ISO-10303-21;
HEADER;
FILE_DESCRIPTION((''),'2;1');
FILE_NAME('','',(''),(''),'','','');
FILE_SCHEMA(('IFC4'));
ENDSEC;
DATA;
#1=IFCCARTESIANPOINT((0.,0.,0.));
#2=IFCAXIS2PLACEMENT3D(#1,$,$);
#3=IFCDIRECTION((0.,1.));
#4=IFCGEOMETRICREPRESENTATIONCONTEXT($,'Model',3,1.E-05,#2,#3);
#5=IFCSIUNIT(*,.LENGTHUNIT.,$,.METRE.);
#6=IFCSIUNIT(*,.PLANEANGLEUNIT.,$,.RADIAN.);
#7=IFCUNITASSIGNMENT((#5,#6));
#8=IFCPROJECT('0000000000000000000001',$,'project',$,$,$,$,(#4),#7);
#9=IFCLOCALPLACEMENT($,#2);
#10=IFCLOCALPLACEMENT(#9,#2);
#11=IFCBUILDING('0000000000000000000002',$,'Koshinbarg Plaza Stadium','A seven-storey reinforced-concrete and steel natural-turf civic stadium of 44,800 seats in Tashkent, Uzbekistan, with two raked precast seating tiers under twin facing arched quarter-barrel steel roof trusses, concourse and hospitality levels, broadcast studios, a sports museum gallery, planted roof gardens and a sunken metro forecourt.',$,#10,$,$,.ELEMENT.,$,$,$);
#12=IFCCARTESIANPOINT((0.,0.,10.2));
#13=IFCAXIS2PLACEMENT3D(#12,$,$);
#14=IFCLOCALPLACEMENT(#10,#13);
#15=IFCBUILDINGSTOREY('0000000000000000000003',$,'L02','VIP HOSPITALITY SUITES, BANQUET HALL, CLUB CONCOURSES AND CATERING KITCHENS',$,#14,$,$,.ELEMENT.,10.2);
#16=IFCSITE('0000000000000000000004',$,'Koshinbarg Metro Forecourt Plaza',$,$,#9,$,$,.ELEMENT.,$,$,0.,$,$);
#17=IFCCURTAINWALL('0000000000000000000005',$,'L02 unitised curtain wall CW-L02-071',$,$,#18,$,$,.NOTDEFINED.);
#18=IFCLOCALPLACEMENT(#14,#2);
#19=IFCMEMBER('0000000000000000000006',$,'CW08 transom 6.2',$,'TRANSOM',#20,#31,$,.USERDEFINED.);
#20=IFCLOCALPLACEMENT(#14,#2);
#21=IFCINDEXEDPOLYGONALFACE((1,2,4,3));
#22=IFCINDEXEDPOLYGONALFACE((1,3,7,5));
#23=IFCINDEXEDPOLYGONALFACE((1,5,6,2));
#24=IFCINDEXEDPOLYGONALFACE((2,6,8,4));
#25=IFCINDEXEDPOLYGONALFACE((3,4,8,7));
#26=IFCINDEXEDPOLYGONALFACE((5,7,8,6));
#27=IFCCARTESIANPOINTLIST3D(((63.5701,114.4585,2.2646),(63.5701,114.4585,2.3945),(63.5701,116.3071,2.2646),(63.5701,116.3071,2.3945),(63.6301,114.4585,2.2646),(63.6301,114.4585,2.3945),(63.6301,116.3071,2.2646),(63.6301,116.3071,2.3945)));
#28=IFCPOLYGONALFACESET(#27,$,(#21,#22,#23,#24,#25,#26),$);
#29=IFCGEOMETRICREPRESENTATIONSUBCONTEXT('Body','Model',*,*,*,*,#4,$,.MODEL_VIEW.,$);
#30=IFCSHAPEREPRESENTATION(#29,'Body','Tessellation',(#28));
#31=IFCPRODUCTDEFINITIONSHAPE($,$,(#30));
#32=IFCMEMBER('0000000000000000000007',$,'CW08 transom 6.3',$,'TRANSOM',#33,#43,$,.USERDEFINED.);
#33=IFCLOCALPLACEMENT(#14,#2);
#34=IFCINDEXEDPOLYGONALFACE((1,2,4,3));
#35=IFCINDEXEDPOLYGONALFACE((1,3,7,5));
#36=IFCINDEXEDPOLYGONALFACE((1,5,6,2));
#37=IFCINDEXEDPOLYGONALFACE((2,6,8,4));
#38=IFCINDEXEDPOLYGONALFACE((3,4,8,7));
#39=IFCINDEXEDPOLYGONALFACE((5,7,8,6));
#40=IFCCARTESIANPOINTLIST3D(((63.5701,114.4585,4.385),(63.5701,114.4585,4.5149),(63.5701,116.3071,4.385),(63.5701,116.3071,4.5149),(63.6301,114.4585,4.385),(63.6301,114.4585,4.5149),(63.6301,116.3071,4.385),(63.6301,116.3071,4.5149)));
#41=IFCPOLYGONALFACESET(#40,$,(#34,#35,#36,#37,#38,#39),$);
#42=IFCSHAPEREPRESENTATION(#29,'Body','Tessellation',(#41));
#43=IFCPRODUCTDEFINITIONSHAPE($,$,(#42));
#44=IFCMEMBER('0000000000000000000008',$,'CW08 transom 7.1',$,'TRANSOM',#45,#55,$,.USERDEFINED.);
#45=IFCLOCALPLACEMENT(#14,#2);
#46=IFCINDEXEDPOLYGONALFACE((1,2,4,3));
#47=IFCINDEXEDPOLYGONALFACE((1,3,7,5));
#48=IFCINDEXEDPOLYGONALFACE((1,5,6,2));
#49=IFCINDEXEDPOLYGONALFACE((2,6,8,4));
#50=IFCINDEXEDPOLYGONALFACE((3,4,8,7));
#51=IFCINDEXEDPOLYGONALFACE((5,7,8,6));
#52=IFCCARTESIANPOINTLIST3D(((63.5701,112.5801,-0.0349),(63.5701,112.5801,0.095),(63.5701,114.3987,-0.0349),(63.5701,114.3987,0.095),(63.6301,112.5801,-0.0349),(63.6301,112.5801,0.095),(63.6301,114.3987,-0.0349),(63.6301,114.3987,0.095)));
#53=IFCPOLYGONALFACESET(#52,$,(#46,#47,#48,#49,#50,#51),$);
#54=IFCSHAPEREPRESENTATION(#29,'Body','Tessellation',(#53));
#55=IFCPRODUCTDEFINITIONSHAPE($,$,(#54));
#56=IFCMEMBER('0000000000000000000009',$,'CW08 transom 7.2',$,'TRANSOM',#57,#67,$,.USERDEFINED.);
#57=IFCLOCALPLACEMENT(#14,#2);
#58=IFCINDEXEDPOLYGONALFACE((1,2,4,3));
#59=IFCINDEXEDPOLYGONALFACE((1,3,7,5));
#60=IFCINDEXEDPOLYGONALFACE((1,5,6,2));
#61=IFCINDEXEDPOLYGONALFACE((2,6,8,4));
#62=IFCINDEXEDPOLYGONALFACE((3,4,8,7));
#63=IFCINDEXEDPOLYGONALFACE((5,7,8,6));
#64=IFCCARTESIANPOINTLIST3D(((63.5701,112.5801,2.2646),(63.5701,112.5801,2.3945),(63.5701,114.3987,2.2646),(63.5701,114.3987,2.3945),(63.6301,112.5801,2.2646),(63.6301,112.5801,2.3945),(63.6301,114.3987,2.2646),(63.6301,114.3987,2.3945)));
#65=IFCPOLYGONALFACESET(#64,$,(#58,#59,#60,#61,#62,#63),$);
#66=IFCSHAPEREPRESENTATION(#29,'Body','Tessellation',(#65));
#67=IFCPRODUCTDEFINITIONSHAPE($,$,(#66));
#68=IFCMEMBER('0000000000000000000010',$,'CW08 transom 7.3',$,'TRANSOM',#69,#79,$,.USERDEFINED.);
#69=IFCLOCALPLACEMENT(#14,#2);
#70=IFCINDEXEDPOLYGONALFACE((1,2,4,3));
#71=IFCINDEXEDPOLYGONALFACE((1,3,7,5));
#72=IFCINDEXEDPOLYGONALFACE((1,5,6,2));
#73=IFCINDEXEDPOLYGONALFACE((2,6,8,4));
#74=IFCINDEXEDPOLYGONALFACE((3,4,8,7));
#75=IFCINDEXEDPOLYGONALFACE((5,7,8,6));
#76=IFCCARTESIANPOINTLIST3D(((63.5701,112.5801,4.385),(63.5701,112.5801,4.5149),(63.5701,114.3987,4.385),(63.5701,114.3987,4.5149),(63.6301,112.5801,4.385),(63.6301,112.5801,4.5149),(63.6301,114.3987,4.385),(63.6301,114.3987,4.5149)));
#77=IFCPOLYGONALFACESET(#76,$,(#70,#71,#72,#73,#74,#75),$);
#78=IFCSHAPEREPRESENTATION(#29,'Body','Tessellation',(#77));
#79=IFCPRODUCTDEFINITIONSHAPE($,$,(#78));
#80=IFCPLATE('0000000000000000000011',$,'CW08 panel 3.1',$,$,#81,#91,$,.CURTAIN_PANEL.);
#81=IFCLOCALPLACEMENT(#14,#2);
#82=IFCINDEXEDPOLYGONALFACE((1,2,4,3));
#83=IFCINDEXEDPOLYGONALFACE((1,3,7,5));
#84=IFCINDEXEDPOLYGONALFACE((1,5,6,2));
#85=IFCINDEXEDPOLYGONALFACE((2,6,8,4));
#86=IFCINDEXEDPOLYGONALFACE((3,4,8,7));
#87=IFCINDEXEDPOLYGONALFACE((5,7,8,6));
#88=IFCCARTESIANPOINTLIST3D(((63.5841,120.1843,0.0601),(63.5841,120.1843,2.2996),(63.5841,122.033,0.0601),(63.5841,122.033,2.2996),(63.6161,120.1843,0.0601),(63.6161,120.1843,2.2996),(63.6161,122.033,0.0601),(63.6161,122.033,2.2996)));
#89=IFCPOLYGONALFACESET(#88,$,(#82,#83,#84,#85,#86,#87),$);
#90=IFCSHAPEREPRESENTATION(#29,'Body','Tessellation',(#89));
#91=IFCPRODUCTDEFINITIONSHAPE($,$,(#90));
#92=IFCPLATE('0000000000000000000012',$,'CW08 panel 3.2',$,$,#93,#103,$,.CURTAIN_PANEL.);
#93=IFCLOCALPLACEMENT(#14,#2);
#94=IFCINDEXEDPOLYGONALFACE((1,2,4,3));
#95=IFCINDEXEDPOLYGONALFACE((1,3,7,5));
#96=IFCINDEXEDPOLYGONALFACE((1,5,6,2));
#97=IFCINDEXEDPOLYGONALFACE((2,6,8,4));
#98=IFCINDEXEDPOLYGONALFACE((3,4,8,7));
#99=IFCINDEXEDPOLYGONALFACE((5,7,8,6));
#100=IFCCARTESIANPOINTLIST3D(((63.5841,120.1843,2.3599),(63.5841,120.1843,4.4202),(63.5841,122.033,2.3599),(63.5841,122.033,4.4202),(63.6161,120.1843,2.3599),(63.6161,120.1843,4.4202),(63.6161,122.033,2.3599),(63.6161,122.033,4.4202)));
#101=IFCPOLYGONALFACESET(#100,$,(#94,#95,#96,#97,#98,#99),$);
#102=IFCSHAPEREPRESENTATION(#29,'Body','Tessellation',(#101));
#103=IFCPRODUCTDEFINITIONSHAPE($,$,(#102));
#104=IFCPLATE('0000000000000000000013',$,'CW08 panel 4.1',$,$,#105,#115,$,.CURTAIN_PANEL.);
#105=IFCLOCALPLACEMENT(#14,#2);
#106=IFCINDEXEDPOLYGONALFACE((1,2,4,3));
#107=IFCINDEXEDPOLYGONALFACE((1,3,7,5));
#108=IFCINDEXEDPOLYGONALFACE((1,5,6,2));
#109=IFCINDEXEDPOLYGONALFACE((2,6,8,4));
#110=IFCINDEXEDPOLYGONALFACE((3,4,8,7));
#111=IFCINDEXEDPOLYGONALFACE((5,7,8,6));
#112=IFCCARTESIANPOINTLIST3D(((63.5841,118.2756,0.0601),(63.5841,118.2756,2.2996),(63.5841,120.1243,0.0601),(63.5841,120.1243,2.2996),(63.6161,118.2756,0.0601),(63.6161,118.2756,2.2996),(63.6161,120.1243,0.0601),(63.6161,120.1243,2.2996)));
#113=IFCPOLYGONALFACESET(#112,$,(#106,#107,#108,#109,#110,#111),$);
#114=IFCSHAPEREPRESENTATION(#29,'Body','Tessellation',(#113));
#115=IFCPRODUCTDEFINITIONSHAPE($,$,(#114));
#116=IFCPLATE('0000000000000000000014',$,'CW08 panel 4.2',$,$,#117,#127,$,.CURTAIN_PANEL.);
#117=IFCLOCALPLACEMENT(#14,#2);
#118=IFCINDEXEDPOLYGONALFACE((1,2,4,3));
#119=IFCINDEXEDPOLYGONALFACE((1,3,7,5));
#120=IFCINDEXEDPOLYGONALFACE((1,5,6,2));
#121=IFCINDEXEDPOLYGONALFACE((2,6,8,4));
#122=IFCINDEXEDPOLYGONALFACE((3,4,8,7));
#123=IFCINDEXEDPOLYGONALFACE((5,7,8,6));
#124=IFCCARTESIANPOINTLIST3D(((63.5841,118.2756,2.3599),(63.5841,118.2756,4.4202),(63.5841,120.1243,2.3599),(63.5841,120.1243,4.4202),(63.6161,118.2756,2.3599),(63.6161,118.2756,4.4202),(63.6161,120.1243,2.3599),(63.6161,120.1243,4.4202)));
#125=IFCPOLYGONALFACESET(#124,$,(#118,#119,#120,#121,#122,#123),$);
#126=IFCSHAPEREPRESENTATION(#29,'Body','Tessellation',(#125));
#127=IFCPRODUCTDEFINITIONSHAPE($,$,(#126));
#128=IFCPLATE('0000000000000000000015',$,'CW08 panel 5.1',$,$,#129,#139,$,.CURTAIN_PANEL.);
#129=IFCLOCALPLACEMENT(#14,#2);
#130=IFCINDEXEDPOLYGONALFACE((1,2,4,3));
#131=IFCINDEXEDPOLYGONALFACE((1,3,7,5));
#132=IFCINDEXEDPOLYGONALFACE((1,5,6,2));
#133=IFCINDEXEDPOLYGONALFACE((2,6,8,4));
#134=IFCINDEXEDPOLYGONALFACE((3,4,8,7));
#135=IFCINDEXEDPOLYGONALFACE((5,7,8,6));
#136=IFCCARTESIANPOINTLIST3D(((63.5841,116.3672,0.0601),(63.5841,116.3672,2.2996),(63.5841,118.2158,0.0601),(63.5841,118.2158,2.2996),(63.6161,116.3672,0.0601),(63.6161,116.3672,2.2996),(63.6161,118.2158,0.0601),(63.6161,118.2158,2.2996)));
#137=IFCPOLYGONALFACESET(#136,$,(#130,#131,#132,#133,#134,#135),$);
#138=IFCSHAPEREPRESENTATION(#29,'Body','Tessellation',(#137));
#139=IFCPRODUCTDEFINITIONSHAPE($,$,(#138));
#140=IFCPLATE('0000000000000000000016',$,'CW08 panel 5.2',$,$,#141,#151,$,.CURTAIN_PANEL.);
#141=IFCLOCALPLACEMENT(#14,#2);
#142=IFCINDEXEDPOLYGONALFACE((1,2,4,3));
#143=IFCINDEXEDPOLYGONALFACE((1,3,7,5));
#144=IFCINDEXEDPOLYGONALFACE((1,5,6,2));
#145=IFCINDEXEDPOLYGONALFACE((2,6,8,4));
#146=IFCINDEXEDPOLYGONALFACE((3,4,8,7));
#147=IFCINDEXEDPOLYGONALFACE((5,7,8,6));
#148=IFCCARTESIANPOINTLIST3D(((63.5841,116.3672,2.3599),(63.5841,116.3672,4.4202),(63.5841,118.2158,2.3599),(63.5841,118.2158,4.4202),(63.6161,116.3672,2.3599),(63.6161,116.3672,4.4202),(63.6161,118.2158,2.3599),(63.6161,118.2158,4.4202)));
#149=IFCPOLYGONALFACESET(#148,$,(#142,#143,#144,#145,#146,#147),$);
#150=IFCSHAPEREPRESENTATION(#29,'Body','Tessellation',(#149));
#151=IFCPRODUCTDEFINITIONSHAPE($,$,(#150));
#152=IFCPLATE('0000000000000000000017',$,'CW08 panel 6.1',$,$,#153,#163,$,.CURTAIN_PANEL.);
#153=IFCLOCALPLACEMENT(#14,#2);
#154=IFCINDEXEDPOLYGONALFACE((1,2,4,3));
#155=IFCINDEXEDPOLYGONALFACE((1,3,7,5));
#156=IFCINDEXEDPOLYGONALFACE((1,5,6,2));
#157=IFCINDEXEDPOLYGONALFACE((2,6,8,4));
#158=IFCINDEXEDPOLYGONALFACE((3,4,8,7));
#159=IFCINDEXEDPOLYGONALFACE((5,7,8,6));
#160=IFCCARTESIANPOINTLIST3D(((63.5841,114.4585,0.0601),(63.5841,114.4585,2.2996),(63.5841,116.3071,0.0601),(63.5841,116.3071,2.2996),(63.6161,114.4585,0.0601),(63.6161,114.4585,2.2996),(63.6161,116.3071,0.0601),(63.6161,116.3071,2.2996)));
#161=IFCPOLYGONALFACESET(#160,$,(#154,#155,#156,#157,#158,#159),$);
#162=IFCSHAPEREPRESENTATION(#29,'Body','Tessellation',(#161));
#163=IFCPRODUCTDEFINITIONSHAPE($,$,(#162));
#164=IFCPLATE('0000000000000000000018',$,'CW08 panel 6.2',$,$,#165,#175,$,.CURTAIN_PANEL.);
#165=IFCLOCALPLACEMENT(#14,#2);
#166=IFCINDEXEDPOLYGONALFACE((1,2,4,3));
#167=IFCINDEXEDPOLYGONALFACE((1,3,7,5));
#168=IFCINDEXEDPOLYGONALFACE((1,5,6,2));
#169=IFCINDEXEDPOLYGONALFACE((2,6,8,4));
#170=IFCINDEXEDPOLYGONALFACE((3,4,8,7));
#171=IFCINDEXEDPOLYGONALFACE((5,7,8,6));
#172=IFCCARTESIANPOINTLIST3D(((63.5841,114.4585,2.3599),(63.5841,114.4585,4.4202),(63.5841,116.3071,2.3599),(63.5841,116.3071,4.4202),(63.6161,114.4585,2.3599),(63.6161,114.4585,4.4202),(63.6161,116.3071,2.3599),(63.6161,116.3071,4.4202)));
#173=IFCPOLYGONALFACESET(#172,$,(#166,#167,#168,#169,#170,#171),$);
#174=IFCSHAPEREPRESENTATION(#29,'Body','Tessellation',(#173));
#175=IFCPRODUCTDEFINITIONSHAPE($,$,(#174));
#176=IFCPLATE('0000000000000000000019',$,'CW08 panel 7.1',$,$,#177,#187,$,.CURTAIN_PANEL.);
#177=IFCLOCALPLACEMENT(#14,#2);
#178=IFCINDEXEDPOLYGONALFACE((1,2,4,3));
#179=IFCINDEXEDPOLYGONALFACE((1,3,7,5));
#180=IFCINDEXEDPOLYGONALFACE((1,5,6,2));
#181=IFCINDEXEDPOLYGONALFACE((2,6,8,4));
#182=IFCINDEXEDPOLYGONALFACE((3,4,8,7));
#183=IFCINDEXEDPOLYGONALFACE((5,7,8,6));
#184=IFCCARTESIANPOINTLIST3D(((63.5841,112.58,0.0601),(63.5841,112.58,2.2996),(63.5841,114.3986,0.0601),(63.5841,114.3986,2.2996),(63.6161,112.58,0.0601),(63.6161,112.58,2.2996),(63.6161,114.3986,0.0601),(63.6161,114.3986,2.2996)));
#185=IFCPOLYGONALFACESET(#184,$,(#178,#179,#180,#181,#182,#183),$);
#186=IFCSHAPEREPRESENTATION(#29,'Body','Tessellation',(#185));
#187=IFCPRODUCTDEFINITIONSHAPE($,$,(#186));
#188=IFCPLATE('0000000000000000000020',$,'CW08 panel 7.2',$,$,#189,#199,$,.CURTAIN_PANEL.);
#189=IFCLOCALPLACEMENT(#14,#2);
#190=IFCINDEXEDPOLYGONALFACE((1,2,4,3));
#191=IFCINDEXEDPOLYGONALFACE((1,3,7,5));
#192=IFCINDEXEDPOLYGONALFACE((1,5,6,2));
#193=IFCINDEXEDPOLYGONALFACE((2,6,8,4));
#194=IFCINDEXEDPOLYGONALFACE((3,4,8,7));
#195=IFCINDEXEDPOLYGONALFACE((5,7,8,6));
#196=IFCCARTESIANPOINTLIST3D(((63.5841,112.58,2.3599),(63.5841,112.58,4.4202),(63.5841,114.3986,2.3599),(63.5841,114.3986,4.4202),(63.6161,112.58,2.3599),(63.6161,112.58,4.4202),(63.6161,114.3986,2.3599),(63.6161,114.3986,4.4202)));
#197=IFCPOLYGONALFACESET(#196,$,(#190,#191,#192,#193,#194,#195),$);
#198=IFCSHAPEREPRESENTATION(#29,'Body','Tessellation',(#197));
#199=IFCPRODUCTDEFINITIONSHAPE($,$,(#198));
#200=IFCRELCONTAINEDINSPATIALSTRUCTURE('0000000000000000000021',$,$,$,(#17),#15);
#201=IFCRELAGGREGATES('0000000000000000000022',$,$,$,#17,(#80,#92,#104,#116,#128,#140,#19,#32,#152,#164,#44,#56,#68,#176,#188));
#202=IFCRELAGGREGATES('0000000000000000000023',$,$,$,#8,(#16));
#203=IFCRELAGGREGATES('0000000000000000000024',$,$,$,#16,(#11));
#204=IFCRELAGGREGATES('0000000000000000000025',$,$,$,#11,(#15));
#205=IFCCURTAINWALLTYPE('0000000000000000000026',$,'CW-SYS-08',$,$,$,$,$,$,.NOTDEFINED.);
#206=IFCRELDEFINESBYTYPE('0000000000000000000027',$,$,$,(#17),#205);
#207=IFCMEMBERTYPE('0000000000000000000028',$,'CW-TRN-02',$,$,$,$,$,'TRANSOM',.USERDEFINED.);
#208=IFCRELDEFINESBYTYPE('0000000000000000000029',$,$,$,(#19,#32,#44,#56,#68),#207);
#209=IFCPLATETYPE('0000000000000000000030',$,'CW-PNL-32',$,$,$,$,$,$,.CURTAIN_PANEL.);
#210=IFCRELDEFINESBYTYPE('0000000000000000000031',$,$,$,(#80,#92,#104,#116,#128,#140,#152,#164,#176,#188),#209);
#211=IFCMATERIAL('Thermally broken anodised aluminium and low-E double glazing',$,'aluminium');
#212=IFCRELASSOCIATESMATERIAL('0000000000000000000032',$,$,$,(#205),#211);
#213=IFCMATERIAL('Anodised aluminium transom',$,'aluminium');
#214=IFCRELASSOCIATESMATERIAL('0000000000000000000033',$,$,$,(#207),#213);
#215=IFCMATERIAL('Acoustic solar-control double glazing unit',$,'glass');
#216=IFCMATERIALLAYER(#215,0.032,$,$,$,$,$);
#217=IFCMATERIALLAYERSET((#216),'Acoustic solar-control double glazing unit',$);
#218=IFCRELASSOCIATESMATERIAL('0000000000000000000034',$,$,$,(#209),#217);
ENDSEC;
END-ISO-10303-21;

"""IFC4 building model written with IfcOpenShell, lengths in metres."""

from ifc_helpers import new_model, si_unit, direction, frame, origin, origin_2d, place, context, subcontext, project, spatial, rectangle, extrude, material, layer, layer_set, material_profile, profile_set, type_object, element, aggregate, save


model = new_model("IFC4")

# Units and contexts
model_context = context("Model", 3, precision=1e-05, world=origin(), true_north=direction((0.0, 1.0)))
body_context = subcontext(model_context, "Body", "Model", "MODEL_VIEW")
ifc_project = project(units=[si_unit("LENGTHUNIT", "METRE"), si_unit("PLANEANGLEUNIT", "RADIAN")], contexts=[model_context])

# Site, building, storey
site_placement = place(None, origin())
site = spatial("IfcSite", under=ifc_project, at=site_placement, Name="Koshinbarg Metro Forecourt Plaza", CompositionType="ELEMENT", RefElevation=0.0)
building_placement = place(site_placement, origin())
building = spatial("IfcBuilding", under=site, at=building_placement, Name="Koshinbarg Plaza Stadium", Description="A seven-storey reinforced-concrete and steel natural-turf civic stadium of 44,800 seats in Tashkent, Uzbekistan, with two raked precast seating tiers under twin facing arched quarter-barrel steel roof trusses, concourse and hospitality levels, broadcast studios, a sports museum gallery, planted roof gardens and a sunken metro forecourt.", CompositionType="ELEMENT")
storey_placement = place(building_placement, frame((0.0, 0.0, 10.2)))
storey = spatial("IfcBuildingStorey", under=building, at=storey_placement, Name="L02", Description="VIP HOSPITALITY SUITES, BANQUET HALL, CLUB CONCOURSES AND CATERING KITCHENS", CompositionType="ELEMENT", Elevation=10.2)

# Curtain wall, members, plates
ifc_material_1 = material(Name="Thermally broken anodised aluminium and low-E double glazing", Category="aluminium")
curtain_wall_type = type_object("IfcCurtainWallType", Name="CW-SYS-08", PredefinedType="NOTDEFINED", material=ifc_material_1)
curtain_wall_placement = place(storey_placement, origin())
curtain_wall = element("IfcCurtainWall", 1, at=curtain_wall_placement, inside=storey, type_object=curtain_wall_type, Name="L02 unitised curtain wall CW-L02-071", PredefinedType="NOTDEFINED")
ifc_material_2 = material(Name="Anodised aluminium transom", Category="aluminium")
ifc_material_profile_1 = material_profile(ifc_material_2, rectangle(XDim=0.0601, YDim=0.1299, at=origin_2d()), Name="ALU 60x130")
ifc_profile_set_1 = profile_set([ifc_material_profile_1], Name="Anodised aluminium transom")
member_type_1 = type_object("IfcMemberType", Name="CW-TRN-02", ElementType="TRANSOM", PredefinedType="USERDEFINED", material=ifc_profile_set_1)
member_1_placement = place(storey_placement, frame((63.6001, 116.3071, 2.3296), z_axis=(0.0, -1.0, 0.0), x_axis=(1.0, 0.0, 0.0)))
member_1 = element("IfcMember", 2, at=member_1_placement, type_object=member_type_1, Name="CW08 transom 6.2", ObjectType="TRANSOM", PredefinedType="USERDEFINED", context=body_context, shape_type="SweptSolid", body=[
    extrude(rectangle(XDim=0.0601, YDim=0.1299, at=origin_2d()), origin(), (0.0, 0.0, 1.0), 1.8486),
])
member_2_placement = place(storey_placement, frame((63.6001, 116.3071, 4.45), z_axis=(0.0, -1.0, 0.0), x_axis=(1.0, 0.0, 0.0)))
member_2 = element("IfcMember", 3, at=member_2_placement, type_object=member_type_1, Name="CW08 transom 6.3", ObjectType="TRANSOM", PredefinedType="USERDEFINED", context=body_context, shape_type="SweptSolid", body=[
    extrude(rectangle(XDim=0.0601, YDim=0.1299, at=origin_2d()), origin(), (0.0, 0.0, 1.0), 1.8486),
])
member_3_placement = place(storey_placement, frame((63.6001, 114.3987, 0.03), z_axis=(0.0, -1.0, 0.0), x_axis=(1.0, 0.0, 0.0)))
member_3 = element("IfcMember", 4, at=member_3_placement, type_object=member_type_1, Name="CW08 transom 7.1", ObjectType="TRANSOM", PredefinedType="USERDEFINED", context=body_context, shape_type="SweptSolid", body=[
    extrude(rectangle(XDim=0.0601, YDim=0.1299, at=origin_2d()), origin(), (0.0, 0.0, 1.0), 1.8186),
])
member_4_placement = place(storey_placement, frame((63.6001, 114.3987, 2.3296), z_axis=(0.0, -1.0, 0.0), x_axis=(1.0, 0.0, 0.0)))
member_4 = element("IfcMember", 5, at=member_4_placement, type_object=member_type_1, Name="CW08 transom 7.2", ObjectType="TRANSOM", PredefinedType="USERDEFINED", context=body_context, shape_type="SweptSolid", body=[
    extrude(rectangle(XDim=0.0601, YDim=0.1299, at=origin_2d()), origin(), (0.0, 0.0, 1.0), 1.8186),
])
member_5_placement = place(storey_placement, frame((63.6001, 114.3987, 4.45), z_axis=(0.0, -1.0, 0.0), x_axis=(1.0, 0.0, 0.0)))
member_5 = element("IfcMember", 6, at=member_5_placement, type_object=member_type_1, Name="CW08 transom 7.3", ObjectType="TRANSOM", PredefinedType="USERDEFINED", context=body_context, shape_type="SweptSolid", body=[
    extrude(rectangle(XDim=0.0601, YDim=0.1299, at=origin_2d()), origin(), (0.0, 0.0, 1.0), 1.8186),
])
ifc_material_3 = material(Name="Acoustic solar-control double glazing unit", Category="glass")
ifc_layer = layer(ifc_material_3, 0.032)
ifc_layer_set = layer_set([ifc_layer], Name="Acoustic solar-control double glazing unit")
plate_type = type_object("IfcPlateType", Name="CW-PNL-32", PredefinedType="CURTAIN_PANEL", material=ifc_layer_set)
plate_1_placement = place(storey_placement, frame((63.6001, 121.1086, 0.0601), z_axis=(0.0, 0.0, 1.0), x_axis=(0.0, -1.0, 0.0)))
plate_1 = element("IfcPlate", 7, at=plate_1_placement, type_object=plate_type, Name="CW08 panel 3.1", PredefinedType="CURTAIN_PANEL", context=body_context, shape_type="SweptSolid", body=[
    extrude(rectangle(XDim=1.8486, YDim=0.032, at=origin_2d()), origin(), (0.0, 0.0, 1.0), 2.2395),
])
plate_2_placement = place(storey_placement, frame((63.6001, 121.1086, 2.3599), z_axis=(0.0, 0.0, 1.0), x_axis=(0.0, -1.0, 0.0)))
plate_2 = element("IfcPlate", 8, at=plate_2_placement, type_object=plate_type, Name="CW08 panel 3.2", PredefinedType="CURTAIN_PANEL", context=body_context, shape_type="SweptSolid", body=[
    extrude(rectangle(XDim=1.8486, YDim=0.032, at=origin_2d()), origin(), (0.0, 0.0, 1.0), 2.0603),
])
plate_3_placement = place(storey_placement, frame((63.6001, 119.2, 0.0601), z_axis=(0.0, 0.0, 1.0), x_axis=(0.0, -1.0, 0.0)))
plate_3 = element("IfcPlate", 9, at=plate_3_placement, type_object=plate_type, Name="CW08 panel 4.1", PredefinedType="CURTAIN_PANEL", context=body_context, shape_type="SweptSolid", body=[
    extrude(rectangle(XDim=1.8486, YDim=0.032, at=origin_2d()), origin(), (0.0, 0.0, 1.0), 2.2395),
])
plate_4_placement = place(storey_placement, frame((63.6001, 119.2, 2.3599), z_axis=(0.0, 0.0, 1.0), x_axis=(0.0, -1.0, 0.0)))
plate_4 = element("IfcPlate", 10, at=plate_4_placement, type_object=plate_type, Name="CW08 panel 4.2", PredefinedType="CURTAIN_PANEL", context=body_context, shape_type="SweptSolid", body=[
    extrude(rectangle(XDim=1.8486, YDim=0.032, at=origin_2d()), origin(), (0.0, 0.0, 1.0), 2.0603),
])
plate_5_placement = place(storey_placement, frame((63.6001, 117.2915, 0.0601), z_axis=(0.0, 0.0, 1.0), x_axis=(0.0, -1.0, 0.0)))
plate_5 = element("IfcPlate", 11, at=plate_5_placement, type_object=plate_type, Name="CW08 panel 5.1", PredefinedType="CURTAIN_PANEL", context=body_context, shape_type="SweptSolid", body=[
    extrude(rectangle(XDim=1.8486, YDim=0.032, at=origin_2d()), origin(), (0.0, 0.0, 1.0), 2.2395),
])
plate_6_placement = place(storey_placement, frame((63.6001, 117.2915, 2.3599), z_axis=(0.0, 0.0, 1.0), x_axis=(0.0, -1.0, 0.0)))
plate_6 = element("IfcPlate", 12, at=plate_6_placement, type_object=plate_type, Name="CW08 panel 5.2", PredefinedType="CURTAIN_PANEL", context=body_context, shape_type="SweptSolid", body=[
    extrude(rectangle(XDim=1.8486, YDim=0.032, at=origin_2d()), origin(), (0.0, 0.0, 1.0), 2.0603),
])
plate_7_placement = place(storey_placement, frame((63.6001, 115.3828, 0.0601), z_axis=(0.0, 0.0, 1.0), x_axis=(0.0, -1.0, 0.0)))
plate_7 = element("IfcPlate", 13, at=plate_7_placement, type_object=plate_type, Name="CW08 panel 6.1", PredefinedType="CURTAIN_PANEL", context=body_context, shape_type="SweptSolid", body=[
    extrude(rectangle(XDim=1.8486, YDim=0.032, at=origin_2d()), origin(), (0.0, 0.0, 1.0), 2.2395),
])
plate_8_placement = place(storey_placement, frame((63.6001, 115.3828, 2.3599), z_axis=(0.0, 0.0, 1.0), x_axis=(0.0, -1.0, 0.0)))
plate_8 = element("IfcPlate", 14, at=plate_8_placement, type_object=plate_type, Name="CW08 panel 6.2", PredefinedType="CURTAIN_PANEL", context=body_context, shape_type="SweptSolid", body=[
    extrude(rectangle(XDim=1.8486, YDim=0.032, at=origin_2d()), origin(), (0.0, 0.0, 1.0), 2.0603),
])
plate_9_placement = place(storey_placement, frame((63.6001, 113.4893, 0.0601), z_axis=(0.0, 0.0, 1.0), x_axis=(0.0, -1.0, 0.0)))
plate_9 = element("IfcPlate", 15, at=plate_9_placement, type_object=plate_type, Name="CW08 panel 7.1", PredefinedType="CURTAIN_PANEL", context=body_context, shape_type="SweptSolid", body=[
    extrude(rectangle(XDim=1.8186, YDim=0.032, at=origin_2d()), origin(), (0.0, 0.0, 1.0), 2.2395),
])
plate_10_placement = place(storey_placement, frame((63.6001, 113.4893, 2.3599), z_axis=(0.0, 0.0, 1.0), x_axis=(0.0, -1.0, 0.0)))
plate_10 = element("IfcPlate", 16, at=plate_10_placement, type_object=plate_type, Name="CW08 panel 7.2", PredefinedType="CURTAIN_PANEL", context=body_context, shape_type="SweptSolid", body=[
    extrude(rectangle(XDim=1.8186, YDim=0.032, at=origin_2d()), origin(), (0.0, 0.0, 1.0), 2.0603),
])
aggregate(curtain_wall, [plate_1, plate_2, plate_3, plate_4, plate_5, plate_6, member_1, member_2, plate_7, plate_8, member_3, member_4, member_5, plate_9, plate_10])

save(model, "model.ifc")
